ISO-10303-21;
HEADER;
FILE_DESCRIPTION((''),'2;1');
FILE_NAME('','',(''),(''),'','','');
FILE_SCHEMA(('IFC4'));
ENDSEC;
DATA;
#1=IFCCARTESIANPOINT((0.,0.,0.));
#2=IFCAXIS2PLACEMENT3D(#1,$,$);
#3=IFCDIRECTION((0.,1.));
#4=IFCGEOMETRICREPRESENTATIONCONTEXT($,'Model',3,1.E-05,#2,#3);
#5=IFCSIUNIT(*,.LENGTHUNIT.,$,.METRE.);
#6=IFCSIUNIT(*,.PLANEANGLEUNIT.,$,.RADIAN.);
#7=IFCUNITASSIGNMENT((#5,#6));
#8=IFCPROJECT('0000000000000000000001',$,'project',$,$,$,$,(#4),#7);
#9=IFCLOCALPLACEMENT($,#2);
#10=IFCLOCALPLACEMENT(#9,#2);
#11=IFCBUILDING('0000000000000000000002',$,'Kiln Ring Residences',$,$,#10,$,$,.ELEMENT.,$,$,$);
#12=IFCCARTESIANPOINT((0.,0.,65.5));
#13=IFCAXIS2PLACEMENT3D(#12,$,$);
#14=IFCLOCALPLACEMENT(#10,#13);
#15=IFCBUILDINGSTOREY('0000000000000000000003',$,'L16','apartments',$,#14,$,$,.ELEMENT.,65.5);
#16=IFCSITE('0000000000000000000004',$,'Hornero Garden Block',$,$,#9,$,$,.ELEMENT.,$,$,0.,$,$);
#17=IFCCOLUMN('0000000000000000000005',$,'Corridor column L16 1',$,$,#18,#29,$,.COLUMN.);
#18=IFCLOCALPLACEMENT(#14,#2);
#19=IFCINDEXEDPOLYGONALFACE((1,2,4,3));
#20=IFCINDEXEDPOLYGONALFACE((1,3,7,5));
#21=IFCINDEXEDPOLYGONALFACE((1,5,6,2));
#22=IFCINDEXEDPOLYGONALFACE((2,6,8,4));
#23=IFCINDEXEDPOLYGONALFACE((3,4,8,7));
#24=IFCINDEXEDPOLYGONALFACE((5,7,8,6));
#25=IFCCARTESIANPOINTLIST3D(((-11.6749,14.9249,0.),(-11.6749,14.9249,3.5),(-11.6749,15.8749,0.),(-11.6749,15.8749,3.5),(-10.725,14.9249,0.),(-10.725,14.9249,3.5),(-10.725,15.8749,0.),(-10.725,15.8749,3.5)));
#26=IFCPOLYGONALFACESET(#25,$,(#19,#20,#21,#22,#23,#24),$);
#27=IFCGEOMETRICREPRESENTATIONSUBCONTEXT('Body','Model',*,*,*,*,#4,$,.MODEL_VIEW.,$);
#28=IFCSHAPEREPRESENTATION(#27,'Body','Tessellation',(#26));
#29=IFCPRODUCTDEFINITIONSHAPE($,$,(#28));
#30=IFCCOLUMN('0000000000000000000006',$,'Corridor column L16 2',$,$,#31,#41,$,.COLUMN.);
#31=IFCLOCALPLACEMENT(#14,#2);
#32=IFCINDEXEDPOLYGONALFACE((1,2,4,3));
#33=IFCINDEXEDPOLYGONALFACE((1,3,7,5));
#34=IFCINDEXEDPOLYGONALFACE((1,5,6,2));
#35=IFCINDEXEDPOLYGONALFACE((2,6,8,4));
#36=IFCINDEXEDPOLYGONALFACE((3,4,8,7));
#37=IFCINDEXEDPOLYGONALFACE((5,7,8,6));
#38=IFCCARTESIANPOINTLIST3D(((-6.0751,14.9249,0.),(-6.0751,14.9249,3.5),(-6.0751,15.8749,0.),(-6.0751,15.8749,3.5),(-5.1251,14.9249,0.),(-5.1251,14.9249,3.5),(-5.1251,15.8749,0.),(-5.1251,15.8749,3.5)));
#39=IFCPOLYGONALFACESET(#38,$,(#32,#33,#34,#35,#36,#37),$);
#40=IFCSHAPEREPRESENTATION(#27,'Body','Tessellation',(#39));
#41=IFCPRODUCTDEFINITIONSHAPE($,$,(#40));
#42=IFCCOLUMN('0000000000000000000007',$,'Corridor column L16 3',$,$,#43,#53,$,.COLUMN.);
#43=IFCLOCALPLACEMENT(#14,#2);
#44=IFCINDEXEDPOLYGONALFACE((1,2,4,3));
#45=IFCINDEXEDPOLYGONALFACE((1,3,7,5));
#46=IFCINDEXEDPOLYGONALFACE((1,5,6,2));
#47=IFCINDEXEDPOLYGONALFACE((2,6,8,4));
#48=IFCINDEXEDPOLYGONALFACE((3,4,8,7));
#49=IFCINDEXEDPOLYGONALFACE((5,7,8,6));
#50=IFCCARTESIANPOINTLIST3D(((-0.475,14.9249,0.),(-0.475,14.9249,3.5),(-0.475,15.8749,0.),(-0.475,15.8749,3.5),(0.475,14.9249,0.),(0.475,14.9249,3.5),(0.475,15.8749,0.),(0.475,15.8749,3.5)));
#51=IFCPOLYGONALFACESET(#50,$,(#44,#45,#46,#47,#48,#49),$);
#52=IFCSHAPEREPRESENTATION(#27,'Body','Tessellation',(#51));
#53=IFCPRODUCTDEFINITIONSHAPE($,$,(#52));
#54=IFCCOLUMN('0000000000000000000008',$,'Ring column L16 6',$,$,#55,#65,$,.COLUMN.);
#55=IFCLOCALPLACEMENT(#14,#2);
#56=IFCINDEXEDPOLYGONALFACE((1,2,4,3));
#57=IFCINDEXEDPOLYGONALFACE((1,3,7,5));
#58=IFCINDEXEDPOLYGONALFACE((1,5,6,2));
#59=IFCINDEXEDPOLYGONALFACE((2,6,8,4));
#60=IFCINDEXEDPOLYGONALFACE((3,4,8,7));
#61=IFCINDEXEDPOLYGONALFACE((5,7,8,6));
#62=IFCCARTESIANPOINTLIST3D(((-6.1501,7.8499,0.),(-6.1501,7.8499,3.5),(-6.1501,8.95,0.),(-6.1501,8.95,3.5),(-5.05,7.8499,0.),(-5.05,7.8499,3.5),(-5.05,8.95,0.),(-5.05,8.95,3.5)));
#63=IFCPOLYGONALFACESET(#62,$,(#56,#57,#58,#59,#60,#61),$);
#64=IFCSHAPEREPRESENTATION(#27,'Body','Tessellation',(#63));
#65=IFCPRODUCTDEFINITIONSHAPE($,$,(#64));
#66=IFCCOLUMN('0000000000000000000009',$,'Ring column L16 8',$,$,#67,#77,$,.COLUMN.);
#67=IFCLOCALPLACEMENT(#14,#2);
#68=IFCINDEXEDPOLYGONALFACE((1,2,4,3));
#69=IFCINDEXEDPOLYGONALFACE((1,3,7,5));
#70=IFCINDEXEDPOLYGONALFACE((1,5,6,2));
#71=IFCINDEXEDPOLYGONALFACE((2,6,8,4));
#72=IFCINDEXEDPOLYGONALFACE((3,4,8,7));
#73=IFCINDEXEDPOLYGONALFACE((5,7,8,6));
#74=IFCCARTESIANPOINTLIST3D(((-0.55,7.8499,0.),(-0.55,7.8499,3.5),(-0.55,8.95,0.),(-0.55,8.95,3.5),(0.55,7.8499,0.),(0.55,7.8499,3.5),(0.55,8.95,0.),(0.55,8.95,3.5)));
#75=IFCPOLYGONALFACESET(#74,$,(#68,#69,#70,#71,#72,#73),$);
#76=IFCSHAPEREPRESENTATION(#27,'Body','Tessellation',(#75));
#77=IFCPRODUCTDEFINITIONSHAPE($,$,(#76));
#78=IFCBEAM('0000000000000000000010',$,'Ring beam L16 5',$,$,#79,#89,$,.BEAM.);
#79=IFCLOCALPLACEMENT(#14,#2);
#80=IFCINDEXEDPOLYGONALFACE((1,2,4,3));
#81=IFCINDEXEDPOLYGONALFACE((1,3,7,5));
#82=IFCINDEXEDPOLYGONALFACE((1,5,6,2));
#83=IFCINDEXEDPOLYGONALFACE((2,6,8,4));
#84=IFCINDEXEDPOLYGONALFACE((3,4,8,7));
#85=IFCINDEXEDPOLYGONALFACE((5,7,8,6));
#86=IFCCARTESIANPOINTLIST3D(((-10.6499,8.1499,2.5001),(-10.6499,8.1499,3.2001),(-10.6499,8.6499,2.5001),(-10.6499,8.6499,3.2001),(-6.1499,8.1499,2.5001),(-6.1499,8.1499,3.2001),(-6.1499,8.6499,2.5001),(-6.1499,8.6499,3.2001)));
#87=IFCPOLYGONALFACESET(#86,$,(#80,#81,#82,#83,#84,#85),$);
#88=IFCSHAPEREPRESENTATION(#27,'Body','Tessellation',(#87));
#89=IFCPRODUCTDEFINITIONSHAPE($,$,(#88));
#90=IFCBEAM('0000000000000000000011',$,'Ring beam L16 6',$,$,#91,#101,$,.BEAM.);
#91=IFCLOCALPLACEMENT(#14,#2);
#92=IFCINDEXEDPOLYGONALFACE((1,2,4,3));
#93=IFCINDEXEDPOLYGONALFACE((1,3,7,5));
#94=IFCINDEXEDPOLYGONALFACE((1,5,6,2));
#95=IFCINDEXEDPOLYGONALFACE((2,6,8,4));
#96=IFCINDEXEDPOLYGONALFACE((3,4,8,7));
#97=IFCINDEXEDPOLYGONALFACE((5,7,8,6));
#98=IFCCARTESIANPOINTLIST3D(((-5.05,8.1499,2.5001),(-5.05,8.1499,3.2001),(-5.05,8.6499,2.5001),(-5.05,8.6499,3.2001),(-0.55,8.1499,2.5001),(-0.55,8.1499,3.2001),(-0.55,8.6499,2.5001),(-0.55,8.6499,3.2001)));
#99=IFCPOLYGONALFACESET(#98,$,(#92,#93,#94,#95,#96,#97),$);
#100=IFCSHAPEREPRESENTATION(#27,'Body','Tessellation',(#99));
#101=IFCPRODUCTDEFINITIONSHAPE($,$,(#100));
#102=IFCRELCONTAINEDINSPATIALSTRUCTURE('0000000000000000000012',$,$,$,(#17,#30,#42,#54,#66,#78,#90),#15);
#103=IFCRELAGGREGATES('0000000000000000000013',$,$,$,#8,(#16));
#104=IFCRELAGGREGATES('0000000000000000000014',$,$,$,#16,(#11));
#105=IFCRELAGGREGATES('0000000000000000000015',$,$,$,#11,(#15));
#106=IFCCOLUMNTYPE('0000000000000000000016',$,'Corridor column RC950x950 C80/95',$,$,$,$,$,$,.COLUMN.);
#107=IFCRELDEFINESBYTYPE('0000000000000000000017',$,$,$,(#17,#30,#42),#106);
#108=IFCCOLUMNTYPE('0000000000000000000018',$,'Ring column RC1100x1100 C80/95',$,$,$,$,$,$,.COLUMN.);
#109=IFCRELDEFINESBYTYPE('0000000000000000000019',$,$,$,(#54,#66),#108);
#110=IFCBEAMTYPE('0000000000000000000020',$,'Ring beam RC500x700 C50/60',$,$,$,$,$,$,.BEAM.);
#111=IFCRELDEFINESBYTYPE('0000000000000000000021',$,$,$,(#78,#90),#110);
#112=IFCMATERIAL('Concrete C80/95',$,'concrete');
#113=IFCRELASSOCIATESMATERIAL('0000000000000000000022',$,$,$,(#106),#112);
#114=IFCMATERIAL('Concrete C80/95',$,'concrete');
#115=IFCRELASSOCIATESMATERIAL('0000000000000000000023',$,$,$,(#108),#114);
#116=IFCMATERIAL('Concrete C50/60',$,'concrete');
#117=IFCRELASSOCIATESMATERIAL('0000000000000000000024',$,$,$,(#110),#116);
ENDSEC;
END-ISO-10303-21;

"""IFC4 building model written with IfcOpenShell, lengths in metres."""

from ifc_helpers import new_model, si_unit, direction, frame, origin, origin_2d, place, context, subcontext, project, spatial, rectangle, extrude, material, material_profile, profile_set, type_object, element, save


model = new_model("IFC4")

# Units and contexts
model_context = context("Model", 3, precision=1e-05, world=origin(), true_north=direction((0.0, 1.0)))
body_context = subcontext(model_context, "Body", "Model", "MODEL_VIEW")
ifc_project = project(units=[si_unit("LENGTHUNIT", "METRE"), si_unit("PLANEANGLEUNIT", "RADIAN")], contexts=[model_context])

# Site, building, storey
site_placement = place(None, origin())
site = spatial("IfcSite", under=ifc_project, at=site_placement, Name="Hornero Garden Block", CompositionType="ELEMENT", RefElevation=0.0)
building_placement = place(site_placement, origin())
building = spatial("IfcBuilding", under=site, at=building_placement, Name="Kiln Ring Residences", CompositionType="ELEMENT")
storey_placement = place(building_placement, frame((0.0, 0.0, 65.5)))
storey = spatial("IfcBuildingStorey", under=building, at=storey_placement, Name="L16", Description="apartments", CompositionType="ELEMENT", Elevation=65.5)

# Columns
ifc_material_1 = material(Name="Concrete C80/95", Category="concrete")
ifc_material_profile_1 = material_profile(ifc_material_1, rectangle(XDim=0.95, YDim=0.95, at=origin_2d()), Name="RC950x950")
ifc_profile_set_1 = profile_set([ifc_material_profile_1], Name="Concrete C80/95")
column_type_1 = type_object("IfcColumnType", Name="Corridor column RC950x950 C80/95", PredefinedType="COLUMN", material=ifc_profile_set_1)
for number, where, z_axis, x_axis, name in (
    (1, (-11.2, 15.3999, 0.0), (0.0, 0.0, 1.0), (1.0, 0.0, 0.0), "Corridor column L16 1"),
    (2, (-5.6001, 15.3999, 0.0), (0.0, 0.0, 1.0), (1.0, 0.0, 0.0), "Corridor column L16 2"),
    (3, (0.0, 15.3999, 0.0), (0.0, 0.0, 1.0), (1.0, 0.0, 0.0), "Corridor column L16 3"),
):
    element("IfcColumn", number, at=place(storey_placement, frame(where, z_axis=z_axis, x_axis=x_axis)), inside=storey, type_object=column_type_1, Name=name, PredefinedType="COLUMN", context=body_context, shape_type="SweptSolid", body=[
        extrude(rectangle(XDim=0.95, YDim=0.95, at=origin_2d()), origin(), (0.0, 0.0, 1.0), 3.5),
    ])
ifc_material_2 = material(Name="Concrete C80/95", Category="concrete")
ifc_material_profile_2 = material_profile(ifc_material_2, rectangle(XDim=1.1001, YDim=1.1001, at=origin_2d()), Name="RC1100x1100")
ifc_profile_set_2 = profile_set([ifc_material_profile_2], Name="Concrete C80/95")
column_type_2 = type_object("IfcColumnType", Name="Ring column RC1100x1100 C80/95", PredefinedType="COLUMN", material=ifc_profile_set_2)
for number, where, z_axis, x_axis, name in (
    (4, (-5.6001, 8.3999, 0.0), (0.0, 0.0, 1.0), (1.0, 0.0, 0.0), "Ring column L16 6"),
    (5, (0.0, 8.3999, 0.0), (0.0, 0.0, 1.0), (1.0, 0.0, 0.0), "Ring column L16 8"),
):
    element("IfcColumn", number, at=place(storey_placement, frame(where, z_axis=z_axis, x_axis=x_axis)), inside=storey, type_object=column_type_2, Name=name, PredefinedType="COLUMN", context=body_context, shape_type="SweptSolid", body=[
        extrude(rectangle(XDim=1.1001, YDim=1.1001, at=origin_2d()), origin(), (0.0, 0.0, 1.0), 3.5),
    ])

# Beams
ifc_material_3 = material(Name="Concrete C50/60", Category="concrete")
ifc_material_profile_3 = material_profile(ifc_material_3, rectangle(XDim=0.5, YDim=0.7, at=origin_2d()), Name="RC500x700")
ifc_profile_set_3 = profile_set([ifc_material_profile_3], Name="Concrete C50/60")
beam_type = type_object("IfcBeamType", Name="Ring beam RC500x700 C50/60", PredefinedType="BEAM", material=ifc_profile_set_3)
for number, where, z_axis, x_axis, name in (
    (6, (-10.6499, 8.3999, 2.8501), (1.0, 0.0, 0.0), (0.0, 1.0, 0.0), "Ring beam L16 5"),
    (7, (-5.05, 8.3999, 2.8501), (1.0, 0.0, 0.0), (0.0, 1.0, 0.0), "Ring beam L16 6"),
):
    element("IfcBeam", number, at=place(storey_placement, frame(where, z_axis=z_axis, x_axis=x_axis)), inside=storey, type_object=beam_type, Name=name, PredefinedType="BEAM", context=body_context, shape_type="SweptSolid", body=[
        extrude(rectangle(XDim=0.5, YDim=0.7, at=origin_2d()), origin(), (0.0, 0.0, 1.0), 4.5),
    ])

save(model, "model.ifc")
